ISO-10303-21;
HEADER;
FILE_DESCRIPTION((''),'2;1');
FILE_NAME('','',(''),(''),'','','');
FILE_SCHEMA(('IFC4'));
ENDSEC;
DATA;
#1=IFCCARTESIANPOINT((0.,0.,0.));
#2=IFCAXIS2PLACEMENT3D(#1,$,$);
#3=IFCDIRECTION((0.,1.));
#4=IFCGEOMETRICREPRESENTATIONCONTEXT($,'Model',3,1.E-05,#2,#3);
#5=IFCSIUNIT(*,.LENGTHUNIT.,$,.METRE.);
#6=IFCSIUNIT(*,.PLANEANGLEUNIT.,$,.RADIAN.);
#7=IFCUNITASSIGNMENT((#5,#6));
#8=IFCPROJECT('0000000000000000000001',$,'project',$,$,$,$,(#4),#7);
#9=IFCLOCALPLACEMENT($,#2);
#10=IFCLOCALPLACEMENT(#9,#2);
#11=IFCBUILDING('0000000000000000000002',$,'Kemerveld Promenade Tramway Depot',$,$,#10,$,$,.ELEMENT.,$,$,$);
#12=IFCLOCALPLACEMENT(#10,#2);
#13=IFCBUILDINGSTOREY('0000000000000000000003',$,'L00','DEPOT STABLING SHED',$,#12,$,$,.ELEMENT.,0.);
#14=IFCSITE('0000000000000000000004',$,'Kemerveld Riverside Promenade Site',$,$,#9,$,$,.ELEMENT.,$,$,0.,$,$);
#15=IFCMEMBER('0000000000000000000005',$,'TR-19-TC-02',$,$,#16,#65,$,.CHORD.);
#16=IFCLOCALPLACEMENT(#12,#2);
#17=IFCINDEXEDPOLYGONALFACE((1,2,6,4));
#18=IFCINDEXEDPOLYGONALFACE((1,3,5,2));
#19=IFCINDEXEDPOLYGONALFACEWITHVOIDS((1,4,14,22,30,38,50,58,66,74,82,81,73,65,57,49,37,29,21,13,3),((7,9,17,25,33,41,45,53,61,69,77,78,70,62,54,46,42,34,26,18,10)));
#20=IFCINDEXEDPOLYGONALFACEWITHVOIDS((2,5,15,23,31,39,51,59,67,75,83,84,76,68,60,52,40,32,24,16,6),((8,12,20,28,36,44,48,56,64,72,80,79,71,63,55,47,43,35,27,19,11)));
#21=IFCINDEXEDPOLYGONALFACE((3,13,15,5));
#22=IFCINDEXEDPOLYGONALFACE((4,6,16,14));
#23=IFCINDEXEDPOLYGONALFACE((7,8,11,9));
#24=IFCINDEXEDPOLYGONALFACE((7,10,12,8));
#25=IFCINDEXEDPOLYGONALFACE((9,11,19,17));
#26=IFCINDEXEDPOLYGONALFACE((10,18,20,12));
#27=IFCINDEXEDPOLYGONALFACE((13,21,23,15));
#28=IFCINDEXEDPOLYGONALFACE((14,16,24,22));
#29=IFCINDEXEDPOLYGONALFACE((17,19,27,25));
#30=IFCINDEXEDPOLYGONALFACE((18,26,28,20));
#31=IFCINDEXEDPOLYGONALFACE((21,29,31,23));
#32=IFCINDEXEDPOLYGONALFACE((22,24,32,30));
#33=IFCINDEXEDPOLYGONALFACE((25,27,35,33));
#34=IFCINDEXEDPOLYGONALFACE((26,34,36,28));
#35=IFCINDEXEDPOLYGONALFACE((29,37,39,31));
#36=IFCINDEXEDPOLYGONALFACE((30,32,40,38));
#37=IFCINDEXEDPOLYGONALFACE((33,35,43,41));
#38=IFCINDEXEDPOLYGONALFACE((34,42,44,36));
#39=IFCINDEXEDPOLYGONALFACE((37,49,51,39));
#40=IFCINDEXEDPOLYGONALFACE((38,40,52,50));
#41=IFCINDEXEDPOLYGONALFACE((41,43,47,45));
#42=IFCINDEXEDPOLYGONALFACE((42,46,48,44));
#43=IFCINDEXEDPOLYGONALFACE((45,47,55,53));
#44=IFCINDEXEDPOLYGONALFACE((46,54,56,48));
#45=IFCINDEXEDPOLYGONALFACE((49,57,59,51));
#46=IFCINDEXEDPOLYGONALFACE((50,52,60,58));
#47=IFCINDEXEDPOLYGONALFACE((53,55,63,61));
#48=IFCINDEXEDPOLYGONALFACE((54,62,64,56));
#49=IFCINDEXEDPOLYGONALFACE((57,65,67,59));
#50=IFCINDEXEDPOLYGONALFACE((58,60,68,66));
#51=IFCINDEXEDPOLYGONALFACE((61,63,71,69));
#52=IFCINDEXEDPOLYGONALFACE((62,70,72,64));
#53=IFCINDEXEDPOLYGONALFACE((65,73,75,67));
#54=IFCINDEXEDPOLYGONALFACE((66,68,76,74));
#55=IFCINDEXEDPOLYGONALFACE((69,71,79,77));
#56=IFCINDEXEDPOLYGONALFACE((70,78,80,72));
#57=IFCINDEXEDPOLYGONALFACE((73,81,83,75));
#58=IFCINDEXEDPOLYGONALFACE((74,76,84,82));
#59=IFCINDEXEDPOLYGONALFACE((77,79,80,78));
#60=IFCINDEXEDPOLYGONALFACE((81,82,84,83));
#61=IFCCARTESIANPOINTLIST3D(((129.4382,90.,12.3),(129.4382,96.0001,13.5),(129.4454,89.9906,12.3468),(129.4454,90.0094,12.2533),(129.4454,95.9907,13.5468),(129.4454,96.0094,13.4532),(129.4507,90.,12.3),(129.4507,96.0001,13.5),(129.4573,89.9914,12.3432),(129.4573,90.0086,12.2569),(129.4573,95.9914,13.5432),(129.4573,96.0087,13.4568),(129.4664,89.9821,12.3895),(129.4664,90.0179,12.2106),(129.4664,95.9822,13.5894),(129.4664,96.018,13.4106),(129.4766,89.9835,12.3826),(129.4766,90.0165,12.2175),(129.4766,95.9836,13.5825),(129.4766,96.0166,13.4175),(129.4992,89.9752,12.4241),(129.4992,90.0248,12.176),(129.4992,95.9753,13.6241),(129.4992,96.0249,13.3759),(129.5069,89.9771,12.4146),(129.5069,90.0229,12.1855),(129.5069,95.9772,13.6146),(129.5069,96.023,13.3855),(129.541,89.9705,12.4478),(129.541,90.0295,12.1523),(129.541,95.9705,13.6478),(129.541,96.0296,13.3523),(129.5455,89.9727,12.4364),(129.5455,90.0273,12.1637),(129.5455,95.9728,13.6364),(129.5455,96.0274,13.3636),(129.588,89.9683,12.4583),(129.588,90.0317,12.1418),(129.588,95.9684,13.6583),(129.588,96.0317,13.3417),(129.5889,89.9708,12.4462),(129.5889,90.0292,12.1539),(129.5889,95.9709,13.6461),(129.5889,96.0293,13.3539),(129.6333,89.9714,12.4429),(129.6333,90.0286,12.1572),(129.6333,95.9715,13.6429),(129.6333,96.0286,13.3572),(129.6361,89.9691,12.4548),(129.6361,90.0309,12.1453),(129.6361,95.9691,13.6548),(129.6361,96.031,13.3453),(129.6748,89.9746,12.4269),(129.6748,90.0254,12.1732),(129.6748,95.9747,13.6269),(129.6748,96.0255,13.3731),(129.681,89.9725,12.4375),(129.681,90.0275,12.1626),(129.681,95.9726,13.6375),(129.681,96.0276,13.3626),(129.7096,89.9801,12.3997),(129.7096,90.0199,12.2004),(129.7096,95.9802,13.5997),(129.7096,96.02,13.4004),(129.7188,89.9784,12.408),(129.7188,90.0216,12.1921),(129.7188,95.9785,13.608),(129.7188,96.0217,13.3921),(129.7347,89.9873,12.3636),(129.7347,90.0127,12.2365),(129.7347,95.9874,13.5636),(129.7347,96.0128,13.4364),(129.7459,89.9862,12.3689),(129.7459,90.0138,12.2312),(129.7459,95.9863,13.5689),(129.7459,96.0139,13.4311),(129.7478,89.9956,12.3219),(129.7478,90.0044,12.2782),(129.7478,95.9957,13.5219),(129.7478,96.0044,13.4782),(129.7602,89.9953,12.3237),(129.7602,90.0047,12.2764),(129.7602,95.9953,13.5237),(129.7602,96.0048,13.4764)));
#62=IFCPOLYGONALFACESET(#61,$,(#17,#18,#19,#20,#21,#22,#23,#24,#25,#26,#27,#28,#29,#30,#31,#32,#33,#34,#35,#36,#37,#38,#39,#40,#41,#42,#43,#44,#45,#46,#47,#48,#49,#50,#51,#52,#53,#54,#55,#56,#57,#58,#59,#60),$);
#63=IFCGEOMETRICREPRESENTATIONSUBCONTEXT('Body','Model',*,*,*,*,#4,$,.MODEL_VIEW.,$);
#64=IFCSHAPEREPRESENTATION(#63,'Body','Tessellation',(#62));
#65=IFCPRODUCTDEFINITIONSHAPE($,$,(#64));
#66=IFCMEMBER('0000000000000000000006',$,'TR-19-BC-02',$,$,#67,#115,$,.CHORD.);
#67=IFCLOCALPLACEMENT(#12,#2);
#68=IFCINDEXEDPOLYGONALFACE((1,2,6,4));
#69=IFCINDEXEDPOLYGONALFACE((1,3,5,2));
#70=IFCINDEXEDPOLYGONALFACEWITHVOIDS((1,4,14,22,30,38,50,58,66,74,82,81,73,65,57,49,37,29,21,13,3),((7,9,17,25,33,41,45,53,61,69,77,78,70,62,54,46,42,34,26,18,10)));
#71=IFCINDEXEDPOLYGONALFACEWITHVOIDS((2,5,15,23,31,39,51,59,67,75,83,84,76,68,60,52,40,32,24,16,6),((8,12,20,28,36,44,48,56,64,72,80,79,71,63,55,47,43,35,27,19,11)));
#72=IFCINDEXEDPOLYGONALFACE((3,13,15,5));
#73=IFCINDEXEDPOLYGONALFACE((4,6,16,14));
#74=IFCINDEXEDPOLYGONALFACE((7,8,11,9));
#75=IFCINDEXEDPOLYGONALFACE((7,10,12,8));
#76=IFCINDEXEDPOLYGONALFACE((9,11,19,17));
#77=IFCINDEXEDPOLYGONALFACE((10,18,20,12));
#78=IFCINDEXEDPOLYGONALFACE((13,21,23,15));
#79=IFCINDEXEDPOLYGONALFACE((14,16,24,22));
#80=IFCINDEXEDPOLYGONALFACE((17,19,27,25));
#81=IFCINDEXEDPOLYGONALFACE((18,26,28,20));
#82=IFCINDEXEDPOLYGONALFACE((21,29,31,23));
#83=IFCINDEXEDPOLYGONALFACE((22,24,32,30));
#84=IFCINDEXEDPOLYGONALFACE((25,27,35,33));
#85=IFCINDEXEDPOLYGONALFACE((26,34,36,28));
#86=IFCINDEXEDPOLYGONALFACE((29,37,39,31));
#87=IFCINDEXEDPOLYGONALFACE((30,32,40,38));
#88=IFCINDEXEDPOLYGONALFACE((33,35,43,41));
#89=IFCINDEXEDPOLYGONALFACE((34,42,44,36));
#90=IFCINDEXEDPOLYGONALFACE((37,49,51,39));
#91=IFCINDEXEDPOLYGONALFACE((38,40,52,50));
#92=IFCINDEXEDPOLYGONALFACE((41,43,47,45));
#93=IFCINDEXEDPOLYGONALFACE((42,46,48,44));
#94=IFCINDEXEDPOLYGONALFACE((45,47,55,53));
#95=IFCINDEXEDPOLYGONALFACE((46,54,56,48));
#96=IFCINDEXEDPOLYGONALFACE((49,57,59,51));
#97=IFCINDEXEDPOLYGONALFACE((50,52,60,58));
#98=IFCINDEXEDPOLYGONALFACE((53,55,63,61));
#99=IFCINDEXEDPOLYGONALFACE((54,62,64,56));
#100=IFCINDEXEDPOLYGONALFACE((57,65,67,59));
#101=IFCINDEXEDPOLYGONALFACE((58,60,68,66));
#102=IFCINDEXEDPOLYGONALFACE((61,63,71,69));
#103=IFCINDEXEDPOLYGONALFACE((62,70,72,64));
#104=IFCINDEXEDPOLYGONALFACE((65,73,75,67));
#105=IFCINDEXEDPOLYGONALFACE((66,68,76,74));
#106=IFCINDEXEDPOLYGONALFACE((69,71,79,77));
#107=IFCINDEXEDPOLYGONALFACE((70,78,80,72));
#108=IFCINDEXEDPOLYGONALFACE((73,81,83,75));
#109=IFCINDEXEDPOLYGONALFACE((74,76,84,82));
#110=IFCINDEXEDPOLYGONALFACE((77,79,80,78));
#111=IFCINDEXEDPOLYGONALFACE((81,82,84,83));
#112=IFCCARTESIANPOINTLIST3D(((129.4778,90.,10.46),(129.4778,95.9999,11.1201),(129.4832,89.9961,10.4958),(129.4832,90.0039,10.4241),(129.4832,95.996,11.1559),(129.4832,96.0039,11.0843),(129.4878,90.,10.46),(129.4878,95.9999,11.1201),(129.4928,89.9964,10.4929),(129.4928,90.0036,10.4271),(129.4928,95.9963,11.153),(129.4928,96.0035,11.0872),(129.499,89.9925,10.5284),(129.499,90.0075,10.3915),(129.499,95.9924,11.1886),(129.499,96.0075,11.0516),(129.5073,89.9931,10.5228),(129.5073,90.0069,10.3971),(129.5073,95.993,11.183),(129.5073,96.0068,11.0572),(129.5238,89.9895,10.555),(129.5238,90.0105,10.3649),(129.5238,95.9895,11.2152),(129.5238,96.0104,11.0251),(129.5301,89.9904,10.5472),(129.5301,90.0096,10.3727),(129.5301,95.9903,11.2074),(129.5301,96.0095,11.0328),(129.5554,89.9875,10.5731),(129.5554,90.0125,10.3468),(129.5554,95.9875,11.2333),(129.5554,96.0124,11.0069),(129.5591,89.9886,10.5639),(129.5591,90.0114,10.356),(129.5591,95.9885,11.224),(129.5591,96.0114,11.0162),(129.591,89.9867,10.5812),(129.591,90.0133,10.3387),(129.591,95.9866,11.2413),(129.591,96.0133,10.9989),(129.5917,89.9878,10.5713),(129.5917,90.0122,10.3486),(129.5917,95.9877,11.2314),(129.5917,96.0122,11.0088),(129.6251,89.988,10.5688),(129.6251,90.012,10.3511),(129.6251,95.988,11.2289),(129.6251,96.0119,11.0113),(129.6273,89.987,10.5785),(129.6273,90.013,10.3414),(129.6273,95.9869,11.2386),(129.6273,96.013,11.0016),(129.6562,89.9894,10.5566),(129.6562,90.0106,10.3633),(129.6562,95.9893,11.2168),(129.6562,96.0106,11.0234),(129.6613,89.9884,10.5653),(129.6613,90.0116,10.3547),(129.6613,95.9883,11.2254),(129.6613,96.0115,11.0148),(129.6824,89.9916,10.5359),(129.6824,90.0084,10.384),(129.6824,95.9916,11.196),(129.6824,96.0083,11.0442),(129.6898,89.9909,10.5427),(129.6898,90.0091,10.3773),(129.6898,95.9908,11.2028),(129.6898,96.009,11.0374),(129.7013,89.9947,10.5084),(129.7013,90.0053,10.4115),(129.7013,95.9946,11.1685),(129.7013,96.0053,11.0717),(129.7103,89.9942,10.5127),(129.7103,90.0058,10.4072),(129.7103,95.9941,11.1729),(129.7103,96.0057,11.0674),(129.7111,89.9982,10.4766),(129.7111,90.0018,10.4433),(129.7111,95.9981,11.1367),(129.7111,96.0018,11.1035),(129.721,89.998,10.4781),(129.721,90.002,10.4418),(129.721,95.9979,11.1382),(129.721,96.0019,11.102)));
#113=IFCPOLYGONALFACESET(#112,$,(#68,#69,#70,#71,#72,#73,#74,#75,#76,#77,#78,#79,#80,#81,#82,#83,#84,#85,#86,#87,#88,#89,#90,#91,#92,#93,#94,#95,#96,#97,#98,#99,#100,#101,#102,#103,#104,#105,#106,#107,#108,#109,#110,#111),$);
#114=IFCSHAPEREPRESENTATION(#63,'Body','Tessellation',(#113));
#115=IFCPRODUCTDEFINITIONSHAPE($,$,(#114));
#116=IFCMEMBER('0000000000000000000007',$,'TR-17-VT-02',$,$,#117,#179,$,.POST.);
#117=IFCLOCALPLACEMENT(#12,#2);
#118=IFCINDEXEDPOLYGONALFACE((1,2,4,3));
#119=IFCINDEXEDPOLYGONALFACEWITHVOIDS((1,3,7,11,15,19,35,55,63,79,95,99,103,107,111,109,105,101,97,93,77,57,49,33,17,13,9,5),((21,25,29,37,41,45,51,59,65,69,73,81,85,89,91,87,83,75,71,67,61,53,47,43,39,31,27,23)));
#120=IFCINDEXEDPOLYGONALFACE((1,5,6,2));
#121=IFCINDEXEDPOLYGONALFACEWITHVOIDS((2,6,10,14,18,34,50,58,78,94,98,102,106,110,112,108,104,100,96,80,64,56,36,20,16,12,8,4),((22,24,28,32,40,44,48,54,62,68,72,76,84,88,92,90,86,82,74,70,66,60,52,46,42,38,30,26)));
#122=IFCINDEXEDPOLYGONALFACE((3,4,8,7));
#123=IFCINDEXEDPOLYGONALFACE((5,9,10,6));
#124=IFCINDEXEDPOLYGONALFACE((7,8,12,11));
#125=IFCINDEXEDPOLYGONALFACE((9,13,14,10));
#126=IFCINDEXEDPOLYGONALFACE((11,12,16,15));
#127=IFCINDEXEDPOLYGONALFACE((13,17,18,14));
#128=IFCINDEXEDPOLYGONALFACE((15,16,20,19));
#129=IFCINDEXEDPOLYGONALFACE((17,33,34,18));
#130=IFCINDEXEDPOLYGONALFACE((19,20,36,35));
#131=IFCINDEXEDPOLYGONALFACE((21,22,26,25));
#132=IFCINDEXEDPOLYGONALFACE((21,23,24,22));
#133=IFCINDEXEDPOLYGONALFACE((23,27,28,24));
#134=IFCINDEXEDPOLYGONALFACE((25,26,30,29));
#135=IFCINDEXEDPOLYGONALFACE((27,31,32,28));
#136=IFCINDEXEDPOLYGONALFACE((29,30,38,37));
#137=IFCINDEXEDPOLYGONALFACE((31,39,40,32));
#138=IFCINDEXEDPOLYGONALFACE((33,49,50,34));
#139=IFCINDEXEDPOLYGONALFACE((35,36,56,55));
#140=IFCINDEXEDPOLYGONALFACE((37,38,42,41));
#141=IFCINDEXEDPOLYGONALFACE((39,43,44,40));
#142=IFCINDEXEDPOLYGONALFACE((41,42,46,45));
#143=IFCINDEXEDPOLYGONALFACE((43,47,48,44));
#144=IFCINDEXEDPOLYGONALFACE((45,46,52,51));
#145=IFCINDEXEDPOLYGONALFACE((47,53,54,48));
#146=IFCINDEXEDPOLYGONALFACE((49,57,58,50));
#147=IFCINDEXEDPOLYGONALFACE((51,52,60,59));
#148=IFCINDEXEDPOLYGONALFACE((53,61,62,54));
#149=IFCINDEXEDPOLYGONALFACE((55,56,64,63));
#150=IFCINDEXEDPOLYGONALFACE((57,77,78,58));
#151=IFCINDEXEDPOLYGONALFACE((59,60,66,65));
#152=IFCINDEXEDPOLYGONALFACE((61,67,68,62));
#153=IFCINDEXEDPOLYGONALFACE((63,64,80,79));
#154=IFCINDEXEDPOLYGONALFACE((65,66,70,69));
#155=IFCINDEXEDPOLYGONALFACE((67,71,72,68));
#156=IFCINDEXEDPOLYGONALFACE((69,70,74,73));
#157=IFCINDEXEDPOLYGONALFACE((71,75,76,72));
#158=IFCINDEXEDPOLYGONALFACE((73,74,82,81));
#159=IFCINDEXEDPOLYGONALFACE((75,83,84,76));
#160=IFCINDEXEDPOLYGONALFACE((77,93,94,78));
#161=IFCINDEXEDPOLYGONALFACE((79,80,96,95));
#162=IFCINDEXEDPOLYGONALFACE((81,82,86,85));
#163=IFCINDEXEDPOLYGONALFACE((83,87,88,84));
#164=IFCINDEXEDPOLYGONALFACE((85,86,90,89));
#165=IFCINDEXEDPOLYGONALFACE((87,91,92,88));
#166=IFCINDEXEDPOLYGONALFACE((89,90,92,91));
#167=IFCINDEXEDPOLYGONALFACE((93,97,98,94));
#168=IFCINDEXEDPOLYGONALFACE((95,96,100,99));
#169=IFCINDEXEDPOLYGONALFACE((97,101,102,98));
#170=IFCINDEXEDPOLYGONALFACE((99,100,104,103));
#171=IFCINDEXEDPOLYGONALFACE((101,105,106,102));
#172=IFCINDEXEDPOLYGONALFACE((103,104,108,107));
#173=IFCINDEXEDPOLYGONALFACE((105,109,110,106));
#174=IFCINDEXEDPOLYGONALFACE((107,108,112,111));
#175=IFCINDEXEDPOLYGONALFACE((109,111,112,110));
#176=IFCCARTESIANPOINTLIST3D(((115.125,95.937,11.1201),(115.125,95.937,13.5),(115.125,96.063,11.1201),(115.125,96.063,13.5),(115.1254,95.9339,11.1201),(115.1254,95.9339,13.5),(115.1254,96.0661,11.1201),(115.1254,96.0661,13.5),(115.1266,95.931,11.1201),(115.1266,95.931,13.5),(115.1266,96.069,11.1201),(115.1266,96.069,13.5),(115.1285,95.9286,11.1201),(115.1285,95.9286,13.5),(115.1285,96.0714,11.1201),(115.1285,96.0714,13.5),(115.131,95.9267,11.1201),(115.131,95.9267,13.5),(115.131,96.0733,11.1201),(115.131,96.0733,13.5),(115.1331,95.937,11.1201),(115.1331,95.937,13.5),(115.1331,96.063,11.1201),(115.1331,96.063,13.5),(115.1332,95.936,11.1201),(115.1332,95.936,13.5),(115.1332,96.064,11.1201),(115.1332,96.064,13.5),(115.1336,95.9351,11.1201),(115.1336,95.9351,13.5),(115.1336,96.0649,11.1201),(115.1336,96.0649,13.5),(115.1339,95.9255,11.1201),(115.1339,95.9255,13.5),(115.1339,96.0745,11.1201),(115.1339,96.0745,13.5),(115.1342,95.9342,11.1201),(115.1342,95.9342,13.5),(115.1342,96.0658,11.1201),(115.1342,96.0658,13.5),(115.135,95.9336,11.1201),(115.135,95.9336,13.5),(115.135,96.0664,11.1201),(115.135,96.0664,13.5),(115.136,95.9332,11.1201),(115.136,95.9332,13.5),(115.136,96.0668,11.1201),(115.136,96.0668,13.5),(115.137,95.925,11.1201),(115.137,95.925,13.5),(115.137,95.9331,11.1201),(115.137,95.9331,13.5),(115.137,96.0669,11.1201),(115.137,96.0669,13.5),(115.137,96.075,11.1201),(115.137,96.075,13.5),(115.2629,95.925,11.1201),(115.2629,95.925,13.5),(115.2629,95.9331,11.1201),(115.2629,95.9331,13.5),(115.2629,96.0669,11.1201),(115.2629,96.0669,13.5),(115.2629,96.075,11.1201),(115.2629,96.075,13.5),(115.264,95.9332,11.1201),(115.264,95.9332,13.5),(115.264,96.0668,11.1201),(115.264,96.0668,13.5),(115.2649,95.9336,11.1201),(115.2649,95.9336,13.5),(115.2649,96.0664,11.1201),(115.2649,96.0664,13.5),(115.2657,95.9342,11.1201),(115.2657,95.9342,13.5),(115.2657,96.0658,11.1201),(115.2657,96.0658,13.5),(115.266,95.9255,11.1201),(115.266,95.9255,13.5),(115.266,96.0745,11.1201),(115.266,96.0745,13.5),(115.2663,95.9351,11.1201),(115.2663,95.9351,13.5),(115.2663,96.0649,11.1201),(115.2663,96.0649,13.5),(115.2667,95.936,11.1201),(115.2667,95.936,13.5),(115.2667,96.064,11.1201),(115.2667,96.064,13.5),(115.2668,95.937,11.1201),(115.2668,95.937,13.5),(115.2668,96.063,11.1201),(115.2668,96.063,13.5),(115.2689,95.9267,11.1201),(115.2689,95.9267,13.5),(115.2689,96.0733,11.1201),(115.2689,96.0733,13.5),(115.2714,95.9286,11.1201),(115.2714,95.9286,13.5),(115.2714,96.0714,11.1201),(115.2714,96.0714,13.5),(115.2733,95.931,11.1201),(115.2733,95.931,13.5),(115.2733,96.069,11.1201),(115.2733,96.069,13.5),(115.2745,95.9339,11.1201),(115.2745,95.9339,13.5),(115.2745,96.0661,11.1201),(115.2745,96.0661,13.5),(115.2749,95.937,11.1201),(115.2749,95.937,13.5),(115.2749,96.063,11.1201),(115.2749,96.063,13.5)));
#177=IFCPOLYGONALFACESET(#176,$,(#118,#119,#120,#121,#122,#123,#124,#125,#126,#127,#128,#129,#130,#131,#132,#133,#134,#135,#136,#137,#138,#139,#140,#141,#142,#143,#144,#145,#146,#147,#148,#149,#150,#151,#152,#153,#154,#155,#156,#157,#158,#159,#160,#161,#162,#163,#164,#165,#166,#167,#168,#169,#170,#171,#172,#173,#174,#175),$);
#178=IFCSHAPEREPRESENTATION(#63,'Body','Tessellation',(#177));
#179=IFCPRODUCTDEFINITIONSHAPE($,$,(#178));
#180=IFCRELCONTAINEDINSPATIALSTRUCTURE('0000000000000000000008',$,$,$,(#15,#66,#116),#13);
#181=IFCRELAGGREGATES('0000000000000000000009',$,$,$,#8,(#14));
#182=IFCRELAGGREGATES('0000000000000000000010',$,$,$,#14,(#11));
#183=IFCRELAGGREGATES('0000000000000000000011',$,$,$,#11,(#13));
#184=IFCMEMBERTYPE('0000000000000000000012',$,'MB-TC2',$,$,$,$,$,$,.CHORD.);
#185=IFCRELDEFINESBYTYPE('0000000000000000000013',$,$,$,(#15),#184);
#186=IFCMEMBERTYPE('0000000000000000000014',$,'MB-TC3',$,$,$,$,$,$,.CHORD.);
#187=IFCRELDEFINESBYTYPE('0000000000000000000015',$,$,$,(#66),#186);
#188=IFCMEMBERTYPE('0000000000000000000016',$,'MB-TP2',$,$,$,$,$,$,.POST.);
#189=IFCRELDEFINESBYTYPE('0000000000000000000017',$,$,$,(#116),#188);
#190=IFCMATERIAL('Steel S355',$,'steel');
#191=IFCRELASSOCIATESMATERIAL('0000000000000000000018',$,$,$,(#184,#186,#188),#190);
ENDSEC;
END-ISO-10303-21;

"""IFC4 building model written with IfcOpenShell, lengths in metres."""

from ifc_helpers import new_model, si_unit, direction, frame, origin, origin_2d, place, context, subcontext, project, spatial, hollow_rectangle, hollow_circle, extrude, material, material_profile, profile_set, type_object, element, save


model = new_model("IFC4")

# Units and contexts
model_context = context("Model", 3, precision=1e-05, world=origin(), true_north=direction((0.0, 1.0)))
body_context = subcontext(model_context, "Body", "Model", "MODEL_VIEW")
ifc_project = project(units=[si_unit("LENGTHUNIT", "METRE"), si_unit("PLANEANGLEUNIT", "RADIAN")], contexts=[model_context])

# Site, building, storey
site_placement = place(None, origin())
site = spatial("IfcSite", under=ifc_project, at=site_placement, Name="Kemerveld Riverside Promenade Site", CompositionType="ELEMENT", RefElevation=0.0)
building_placement = place(site_placement, origin())
building = spatial("IfcBuilding", under=site, at=building_placement, Name="Kemerveld Promenade Tramway Depot", CompositionType="ELEMENT")
storey_placement = place(building_placement, origin())
storey = spatial("IfcBuildingStorey", under=building, at=storey_placement, Name="L00", Description="DEPOT STABLING SHED", CompositionType="ELEMENT", Elevation=0.0)

# Members
ifc_material_1 = material(Name="Steel S355", Category="steel")
ifc_material_profile_1 = material_profile(ifc_material_1, hollow_circle(Radius=0.1619, WallThickness=0.0125, at=origin_2d()), Name="323.9x12.5 CHS")
ifc_profile_set_1 = profile_set([ifc_material_profile_1], Name="Steel S355")
member_type_1 = type_object("IfcMemberType", Name="MB-TC2", PredefinedType="CHORD", material=ifc_profile_set_1)
member_1_placement = place(storey_placement, frame((129.6001, 90.0, 12.3), z_axis=(0.0, 0.980582, 0.196108), x_axis=(-1.0, 0.0, 0.0)))
element("IfcMember", 1, at=member_1_placement, inside=storey, type_object=member_type_1, Name="TR-19-TC-02", PredefinedType="CHORD", context=body_context, shape_type="SweptSolid", body=[
    extrude(hollow_circle(Radius=0.1619, WallThickness=0.0125, at=origin_2d()), origin(), (0.0, 0.0, 1.0), 6.1189),
])
ifc_material_profile_2 = material_profile(ifc_material_1, hollow_circle(Radius=0.1223, WallThickness=0.01, at=origin_2d()), Name="244.5x10.0 CHS")
ifc_profile_set_2 = profile_set([ifc_material_profile_2], Name="Steel S355")
member_type_2 = type_object("IfcMemberType", Name="MB-TC3", PredefinedType="CHORD", material=ifc_profile_set_2)
member_2_placement = place(storey_placement, frame((129.6001, 90.0, 10.46), z_axis=(0.0, 0.994002, 0.109366), x_axis=(-1.0, 0.0, 0.0)))
element("IfcMember", 2, at=member_2_placement, inside=storey, type_object=member_type_2, Name="TR-19-BC-02", PredefinedType="CHORD", context=body_context, shape_type="SweptSolid", body=[
    extrude(hollow_circle(Radius=0.1223, WallThickness=0.01, at=origin_2d()), origin(), (0.0, 0.0, 1.0), 6.0361),
])
ifc_material_profile_3 = material_profile(ifc_material_1, hollow_rectangle(XDim=0.1499, YDim=0.1499, WallThickness=0.0081, InnerFilletRadius=0.0039, OuterFilletRadius=0.012, at=origin_2d()), Name="150x150x8.0 SHS")
ifc_profile_set_3 = profile_set([ifc_material_profile_3], Name="Steel S355")
member_type_3 = type_object("IfcMemberType", Name="MB-TP2", PredefinedType="POST", material=ifc_profile_set_3)
member_3_placement = place(storey_placement, frame((115.2, 96.0, 11.1201), z_axis=(0.0, 0.0, 1.0), x_axis=(1.0, 0.0, 0.0)))
element("IfcMember", 3, at=member_3_placement, inside=storey, type_object=member_type_3, Name="TR-17-VT-02", PredefinedType="POST", context=body_context, shape_type="SweptSolid", body=[
    extrude(hollow_rectangle(XDim=0.1499, YDim=0.1499, WallThickness=0.0081, InnerFilletRadius=0.0039, OuterFilletRadius=0.012, at=origin_2d()), origin(), (0.0, 0.0, 1.0), 2.3799),
])

save(model, "model.ifc")
